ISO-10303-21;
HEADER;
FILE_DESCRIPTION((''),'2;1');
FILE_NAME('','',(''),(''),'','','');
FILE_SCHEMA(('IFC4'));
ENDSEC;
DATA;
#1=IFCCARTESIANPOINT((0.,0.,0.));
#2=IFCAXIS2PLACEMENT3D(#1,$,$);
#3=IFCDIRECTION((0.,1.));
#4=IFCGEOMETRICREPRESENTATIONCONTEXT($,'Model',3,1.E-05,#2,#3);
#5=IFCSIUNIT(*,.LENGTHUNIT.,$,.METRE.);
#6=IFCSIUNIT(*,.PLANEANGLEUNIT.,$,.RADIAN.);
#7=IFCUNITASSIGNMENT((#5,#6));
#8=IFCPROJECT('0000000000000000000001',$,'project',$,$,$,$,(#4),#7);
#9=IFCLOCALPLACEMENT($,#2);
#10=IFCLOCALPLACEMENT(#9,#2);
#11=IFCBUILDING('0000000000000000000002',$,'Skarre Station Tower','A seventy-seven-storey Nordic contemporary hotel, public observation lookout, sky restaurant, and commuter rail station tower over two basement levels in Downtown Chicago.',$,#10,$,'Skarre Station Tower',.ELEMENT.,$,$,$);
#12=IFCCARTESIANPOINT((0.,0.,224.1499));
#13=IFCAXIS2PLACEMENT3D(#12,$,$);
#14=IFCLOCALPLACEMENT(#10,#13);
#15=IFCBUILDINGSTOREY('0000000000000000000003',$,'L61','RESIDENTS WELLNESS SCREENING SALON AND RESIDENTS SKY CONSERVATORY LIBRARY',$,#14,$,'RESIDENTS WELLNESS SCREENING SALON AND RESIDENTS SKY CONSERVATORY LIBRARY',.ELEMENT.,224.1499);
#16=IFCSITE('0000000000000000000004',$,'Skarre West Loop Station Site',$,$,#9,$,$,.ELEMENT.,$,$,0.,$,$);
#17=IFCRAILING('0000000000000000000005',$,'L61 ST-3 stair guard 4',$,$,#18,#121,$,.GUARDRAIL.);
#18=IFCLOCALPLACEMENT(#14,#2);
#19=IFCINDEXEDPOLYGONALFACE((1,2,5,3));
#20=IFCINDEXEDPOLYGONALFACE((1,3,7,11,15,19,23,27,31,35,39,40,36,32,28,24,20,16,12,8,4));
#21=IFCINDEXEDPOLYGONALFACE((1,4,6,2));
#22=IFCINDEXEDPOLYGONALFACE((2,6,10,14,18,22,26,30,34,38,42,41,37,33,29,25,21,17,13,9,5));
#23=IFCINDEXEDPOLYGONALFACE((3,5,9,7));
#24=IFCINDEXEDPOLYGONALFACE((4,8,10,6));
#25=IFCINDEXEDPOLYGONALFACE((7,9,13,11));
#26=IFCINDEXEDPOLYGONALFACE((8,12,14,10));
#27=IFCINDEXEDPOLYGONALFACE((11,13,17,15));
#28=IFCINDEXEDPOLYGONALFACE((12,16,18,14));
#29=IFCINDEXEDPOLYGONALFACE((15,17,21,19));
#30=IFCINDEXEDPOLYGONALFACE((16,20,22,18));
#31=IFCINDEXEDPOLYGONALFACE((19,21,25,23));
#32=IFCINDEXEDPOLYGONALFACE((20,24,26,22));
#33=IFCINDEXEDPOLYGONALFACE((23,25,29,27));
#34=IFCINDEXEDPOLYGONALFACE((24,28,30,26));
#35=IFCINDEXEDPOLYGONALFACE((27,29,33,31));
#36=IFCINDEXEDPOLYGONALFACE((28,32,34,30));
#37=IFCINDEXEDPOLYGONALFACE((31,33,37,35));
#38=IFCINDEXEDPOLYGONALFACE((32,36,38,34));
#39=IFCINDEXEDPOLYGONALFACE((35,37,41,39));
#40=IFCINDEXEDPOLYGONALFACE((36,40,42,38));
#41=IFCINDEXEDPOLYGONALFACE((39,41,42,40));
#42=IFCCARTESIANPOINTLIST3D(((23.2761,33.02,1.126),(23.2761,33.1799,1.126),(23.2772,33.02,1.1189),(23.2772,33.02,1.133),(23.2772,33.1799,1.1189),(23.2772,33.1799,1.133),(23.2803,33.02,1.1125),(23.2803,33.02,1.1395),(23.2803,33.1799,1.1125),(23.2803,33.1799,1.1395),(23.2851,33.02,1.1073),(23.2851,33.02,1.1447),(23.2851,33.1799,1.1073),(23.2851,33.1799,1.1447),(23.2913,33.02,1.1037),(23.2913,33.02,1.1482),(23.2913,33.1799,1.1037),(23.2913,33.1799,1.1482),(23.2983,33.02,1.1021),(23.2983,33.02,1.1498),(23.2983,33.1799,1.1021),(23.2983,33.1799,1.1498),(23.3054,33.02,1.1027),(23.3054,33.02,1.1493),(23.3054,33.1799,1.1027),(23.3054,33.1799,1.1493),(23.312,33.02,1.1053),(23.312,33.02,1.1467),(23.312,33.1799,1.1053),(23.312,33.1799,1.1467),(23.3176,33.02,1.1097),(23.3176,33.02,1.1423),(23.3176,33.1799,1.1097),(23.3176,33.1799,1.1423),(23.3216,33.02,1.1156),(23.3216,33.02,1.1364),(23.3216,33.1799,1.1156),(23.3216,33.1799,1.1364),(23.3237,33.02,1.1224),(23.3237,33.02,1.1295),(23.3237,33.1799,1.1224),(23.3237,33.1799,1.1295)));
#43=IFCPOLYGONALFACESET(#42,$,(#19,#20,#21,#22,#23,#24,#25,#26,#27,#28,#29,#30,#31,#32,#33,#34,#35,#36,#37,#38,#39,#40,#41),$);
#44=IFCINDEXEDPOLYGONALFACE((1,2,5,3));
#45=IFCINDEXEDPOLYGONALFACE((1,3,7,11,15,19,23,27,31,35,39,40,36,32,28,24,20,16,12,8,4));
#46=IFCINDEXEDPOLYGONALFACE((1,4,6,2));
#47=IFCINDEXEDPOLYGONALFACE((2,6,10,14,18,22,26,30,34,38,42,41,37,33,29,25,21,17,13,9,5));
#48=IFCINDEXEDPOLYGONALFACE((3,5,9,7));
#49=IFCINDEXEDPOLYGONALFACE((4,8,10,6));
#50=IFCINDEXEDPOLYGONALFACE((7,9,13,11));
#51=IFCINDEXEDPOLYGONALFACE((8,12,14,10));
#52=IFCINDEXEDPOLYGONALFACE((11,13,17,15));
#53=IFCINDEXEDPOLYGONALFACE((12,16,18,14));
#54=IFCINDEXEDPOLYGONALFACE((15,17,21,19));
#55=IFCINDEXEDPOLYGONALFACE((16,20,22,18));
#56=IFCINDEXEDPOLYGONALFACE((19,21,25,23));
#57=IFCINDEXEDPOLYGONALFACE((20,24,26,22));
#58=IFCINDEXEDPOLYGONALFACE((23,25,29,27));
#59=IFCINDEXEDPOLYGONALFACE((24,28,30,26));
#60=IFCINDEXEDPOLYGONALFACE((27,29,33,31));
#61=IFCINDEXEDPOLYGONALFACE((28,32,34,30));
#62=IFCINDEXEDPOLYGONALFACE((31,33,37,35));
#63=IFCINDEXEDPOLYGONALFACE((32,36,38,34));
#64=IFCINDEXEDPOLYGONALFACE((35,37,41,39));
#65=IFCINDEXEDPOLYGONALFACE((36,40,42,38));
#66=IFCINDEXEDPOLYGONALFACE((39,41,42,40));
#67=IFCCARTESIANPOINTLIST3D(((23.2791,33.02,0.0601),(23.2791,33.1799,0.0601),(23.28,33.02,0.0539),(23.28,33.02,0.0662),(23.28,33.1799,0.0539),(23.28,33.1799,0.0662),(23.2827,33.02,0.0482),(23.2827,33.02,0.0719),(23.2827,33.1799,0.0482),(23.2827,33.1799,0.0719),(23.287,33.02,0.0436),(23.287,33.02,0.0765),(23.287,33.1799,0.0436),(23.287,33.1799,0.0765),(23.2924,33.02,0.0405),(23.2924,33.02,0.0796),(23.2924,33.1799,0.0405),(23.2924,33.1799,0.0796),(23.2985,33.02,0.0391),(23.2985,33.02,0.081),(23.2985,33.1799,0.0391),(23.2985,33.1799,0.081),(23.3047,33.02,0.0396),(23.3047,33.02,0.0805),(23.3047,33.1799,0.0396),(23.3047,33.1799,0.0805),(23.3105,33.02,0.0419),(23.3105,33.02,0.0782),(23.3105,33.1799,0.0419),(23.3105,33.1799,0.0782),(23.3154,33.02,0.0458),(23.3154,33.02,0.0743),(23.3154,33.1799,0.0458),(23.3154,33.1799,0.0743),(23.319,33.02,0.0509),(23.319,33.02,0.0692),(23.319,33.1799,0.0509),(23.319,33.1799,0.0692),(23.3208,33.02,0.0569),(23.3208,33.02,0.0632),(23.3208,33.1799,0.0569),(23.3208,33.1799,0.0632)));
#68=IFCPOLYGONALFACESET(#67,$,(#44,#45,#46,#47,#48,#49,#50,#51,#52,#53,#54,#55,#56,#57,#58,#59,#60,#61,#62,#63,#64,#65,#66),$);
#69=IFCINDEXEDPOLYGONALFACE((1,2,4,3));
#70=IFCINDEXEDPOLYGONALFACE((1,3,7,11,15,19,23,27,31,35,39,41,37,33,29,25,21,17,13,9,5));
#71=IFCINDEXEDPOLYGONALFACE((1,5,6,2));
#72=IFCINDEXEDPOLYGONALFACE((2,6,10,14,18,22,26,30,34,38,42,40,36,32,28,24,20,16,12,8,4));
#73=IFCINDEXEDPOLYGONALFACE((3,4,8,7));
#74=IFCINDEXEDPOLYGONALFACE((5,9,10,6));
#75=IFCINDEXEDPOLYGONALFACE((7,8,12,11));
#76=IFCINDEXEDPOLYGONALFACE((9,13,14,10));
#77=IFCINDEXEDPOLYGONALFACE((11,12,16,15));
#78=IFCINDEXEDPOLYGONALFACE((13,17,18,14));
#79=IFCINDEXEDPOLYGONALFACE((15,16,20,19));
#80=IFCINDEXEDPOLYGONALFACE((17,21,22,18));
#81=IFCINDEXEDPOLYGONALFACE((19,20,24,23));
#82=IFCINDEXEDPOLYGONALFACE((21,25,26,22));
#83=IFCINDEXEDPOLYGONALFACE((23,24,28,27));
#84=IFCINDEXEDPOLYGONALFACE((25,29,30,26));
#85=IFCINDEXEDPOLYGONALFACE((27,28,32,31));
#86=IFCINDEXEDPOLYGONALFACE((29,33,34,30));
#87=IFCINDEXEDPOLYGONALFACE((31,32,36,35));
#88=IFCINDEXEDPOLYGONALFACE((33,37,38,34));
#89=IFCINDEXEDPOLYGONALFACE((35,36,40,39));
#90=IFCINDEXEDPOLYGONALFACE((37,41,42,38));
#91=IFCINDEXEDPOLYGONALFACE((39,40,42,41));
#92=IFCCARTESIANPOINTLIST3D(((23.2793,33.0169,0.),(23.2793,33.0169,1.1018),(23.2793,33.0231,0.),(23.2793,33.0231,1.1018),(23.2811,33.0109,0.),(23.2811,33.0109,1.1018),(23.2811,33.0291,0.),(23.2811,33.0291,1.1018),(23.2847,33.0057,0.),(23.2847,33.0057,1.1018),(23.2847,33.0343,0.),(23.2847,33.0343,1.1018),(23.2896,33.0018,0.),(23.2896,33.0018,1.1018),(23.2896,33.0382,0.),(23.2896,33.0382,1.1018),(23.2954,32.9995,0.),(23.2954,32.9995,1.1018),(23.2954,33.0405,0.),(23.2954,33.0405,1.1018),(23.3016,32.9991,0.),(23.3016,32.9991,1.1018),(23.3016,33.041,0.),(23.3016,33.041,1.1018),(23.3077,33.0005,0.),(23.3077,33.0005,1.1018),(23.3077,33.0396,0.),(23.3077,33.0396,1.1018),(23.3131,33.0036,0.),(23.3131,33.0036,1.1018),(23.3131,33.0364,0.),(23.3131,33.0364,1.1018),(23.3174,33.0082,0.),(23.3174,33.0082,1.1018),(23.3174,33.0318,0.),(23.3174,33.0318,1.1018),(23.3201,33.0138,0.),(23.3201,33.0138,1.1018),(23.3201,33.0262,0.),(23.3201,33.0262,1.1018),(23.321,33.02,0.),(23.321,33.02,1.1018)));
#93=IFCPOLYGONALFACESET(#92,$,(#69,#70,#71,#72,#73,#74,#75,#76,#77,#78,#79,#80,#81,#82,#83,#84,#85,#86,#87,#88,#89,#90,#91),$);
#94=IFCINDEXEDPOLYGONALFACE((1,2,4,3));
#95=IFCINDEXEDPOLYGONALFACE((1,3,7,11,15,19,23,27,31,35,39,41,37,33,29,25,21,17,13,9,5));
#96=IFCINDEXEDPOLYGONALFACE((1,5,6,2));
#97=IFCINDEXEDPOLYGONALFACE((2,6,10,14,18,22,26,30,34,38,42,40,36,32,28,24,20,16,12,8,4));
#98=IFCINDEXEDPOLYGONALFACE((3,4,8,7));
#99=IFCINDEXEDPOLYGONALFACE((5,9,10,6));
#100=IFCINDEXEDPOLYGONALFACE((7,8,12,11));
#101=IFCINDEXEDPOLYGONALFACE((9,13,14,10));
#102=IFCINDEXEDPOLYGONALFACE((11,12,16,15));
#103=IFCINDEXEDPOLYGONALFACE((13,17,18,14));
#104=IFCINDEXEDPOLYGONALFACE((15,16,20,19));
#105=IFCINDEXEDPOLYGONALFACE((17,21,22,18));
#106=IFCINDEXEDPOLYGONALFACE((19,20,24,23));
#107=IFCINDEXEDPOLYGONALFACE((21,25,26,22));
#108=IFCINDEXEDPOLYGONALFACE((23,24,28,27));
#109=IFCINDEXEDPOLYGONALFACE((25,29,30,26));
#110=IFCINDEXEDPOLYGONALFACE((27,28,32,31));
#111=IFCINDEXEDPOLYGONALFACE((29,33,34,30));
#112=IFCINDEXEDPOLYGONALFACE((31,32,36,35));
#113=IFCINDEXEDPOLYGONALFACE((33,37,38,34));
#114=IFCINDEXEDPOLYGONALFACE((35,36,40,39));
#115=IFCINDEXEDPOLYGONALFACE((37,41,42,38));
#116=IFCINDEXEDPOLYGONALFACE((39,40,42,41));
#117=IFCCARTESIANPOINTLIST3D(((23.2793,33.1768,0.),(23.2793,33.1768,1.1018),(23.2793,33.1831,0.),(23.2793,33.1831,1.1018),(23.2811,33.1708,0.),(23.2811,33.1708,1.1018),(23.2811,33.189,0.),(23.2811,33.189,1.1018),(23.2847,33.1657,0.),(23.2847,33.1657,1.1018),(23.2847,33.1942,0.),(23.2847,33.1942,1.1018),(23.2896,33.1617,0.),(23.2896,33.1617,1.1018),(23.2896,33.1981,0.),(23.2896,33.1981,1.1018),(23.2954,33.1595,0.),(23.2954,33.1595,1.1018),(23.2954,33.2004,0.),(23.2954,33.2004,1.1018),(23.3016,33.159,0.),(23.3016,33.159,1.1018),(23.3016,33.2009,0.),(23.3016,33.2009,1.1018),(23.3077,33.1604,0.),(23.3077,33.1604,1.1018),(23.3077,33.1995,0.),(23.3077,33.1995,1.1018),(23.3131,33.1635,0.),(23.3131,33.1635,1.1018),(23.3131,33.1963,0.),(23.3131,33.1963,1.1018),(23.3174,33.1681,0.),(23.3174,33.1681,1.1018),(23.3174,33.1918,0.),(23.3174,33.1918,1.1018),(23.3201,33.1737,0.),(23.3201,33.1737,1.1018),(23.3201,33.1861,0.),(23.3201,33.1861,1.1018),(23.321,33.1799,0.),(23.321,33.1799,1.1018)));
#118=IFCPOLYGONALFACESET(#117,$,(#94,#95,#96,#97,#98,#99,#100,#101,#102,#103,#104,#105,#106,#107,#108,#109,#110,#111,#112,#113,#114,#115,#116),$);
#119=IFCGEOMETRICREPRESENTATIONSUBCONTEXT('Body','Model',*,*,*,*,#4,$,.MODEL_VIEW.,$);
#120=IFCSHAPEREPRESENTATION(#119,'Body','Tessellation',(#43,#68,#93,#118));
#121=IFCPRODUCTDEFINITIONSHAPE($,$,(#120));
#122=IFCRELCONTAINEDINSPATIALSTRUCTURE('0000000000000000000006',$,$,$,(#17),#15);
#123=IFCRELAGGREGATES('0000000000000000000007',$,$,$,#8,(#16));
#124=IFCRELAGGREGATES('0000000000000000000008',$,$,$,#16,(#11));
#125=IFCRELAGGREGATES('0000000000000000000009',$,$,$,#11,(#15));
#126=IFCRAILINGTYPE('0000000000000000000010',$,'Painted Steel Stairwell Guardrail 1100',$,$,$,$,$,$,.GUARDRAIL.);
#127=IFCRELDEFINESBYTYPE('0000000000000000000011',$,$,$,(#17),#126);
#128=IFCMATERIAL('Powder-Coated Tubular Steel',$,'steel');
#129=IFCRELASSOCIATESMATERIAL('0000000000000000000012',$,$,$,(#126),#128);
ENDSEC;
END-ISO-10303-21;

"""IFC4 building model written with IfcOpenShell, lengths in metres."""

from ifc_helpers import new_model, si_unit, direction, frame, origin, origin_2d, place, context, subcontext, project, spatial, circle, extrude, material, type_object, element, save


model = new_model("IFC4")

# Units and contexts
model_context = context("Model", 3, precision=1e-05, world=origin(), true_north=direction((0.0, 1.0)))
body_context = subcontext(model_context, "Body", "Model", "MODEL_VIEW")
ifc_project = project(units=[si_unit("LENGTHUNIT", "METRE"), si_unit("PLANEANGLEUNIT", "RADIAN")], contexts=[model_context])

# Site, building, storey
site_placement = place(None, origin())
site = spatial("IfcSite", under=ifc_project, at=site_placement, Name="Skarre West Loop Station Site", CompositionType="ELEMENT", RefElevation=0.0)
building_placement = place(site_placement, origin())
building = spatial("IfcBuilding", under=site, at=building_placement, Name="Skarre Station Tower", Description="A seventy-seven-storey Nordic contemporary hotel, public observation lookout, sky restaurant, and commuter rail station tower over two basement levels in Downtown Chicago.", LongName="Skarre Station Tower", CompositionType="ELEMENT")
storey_placement = place(building_placement, frame((0.0, 0.0, 224.1499)))
storey = spatial("IfcBuildingStorey", under=building, at=storey_placement, Name="L61", Description="RESIDENTS WELLNESS SCREENING SALON AND RESIDENTS SKY CONSERVATORY LIBRARY", LongName="RESIDENTS WELLNESS SCREENING SALON AND RESIDENTS SKY CONSERVATORY LIBRARY", CompositionType="ELEMENT", Elevation=224.1499)

# Railing
ifc_material_1 = material(Name="Powder-Coated Tubular Steel", Category="steel")
railing_type_1 = type_object("IfcRailingType", Name="Painted Steel Stairwell Guardrail 1100", PredefinedType="GUARDRAIL", material=ifc_material_1)
railing_1_placement = place(storey_placement, frame((23.3, 33.02, 0.0)))
element("IfcRailing", 1, at=railing_1_placement, inside=storey, type_object=railing_type_1, Name="L61 ST-3 stair guard 4", PredefinedType="GUARDRAIL", context=body_context, shape_type="SweptSolid", body=[
    extrude(circle(Radius=0.0239, at=origin_2d()), frame((0.0, 0.0, 1.126), z_axis=(0.0, 1.0, 0.0), x_axis=(-1.0, 0.0, 0.0)), (0.0, 0.0, 1.0), 0.1599),
    extrude(circle(Radius=0.021, at=origin_2d()), frame((0.0, 0.0, 0.0601), z_axis=(0.0, 1.0, 0.0), x_axis=(-1.0, 0.0, 0.0)), (0.0, 0.0, 1.0), 0.1599),
    extrude(circle(Radius=0.021, at=origin_2d()), origin(), (0.0, 0.0, 1.0), 1.1018),
    extrude(circle(Radius=0.021, at=origin_2d()), frame((0.0, 0.1599, 0.0)), (0.0, 0.0, 1.0), 1.1018),
])

save(model, "model.ifc")
